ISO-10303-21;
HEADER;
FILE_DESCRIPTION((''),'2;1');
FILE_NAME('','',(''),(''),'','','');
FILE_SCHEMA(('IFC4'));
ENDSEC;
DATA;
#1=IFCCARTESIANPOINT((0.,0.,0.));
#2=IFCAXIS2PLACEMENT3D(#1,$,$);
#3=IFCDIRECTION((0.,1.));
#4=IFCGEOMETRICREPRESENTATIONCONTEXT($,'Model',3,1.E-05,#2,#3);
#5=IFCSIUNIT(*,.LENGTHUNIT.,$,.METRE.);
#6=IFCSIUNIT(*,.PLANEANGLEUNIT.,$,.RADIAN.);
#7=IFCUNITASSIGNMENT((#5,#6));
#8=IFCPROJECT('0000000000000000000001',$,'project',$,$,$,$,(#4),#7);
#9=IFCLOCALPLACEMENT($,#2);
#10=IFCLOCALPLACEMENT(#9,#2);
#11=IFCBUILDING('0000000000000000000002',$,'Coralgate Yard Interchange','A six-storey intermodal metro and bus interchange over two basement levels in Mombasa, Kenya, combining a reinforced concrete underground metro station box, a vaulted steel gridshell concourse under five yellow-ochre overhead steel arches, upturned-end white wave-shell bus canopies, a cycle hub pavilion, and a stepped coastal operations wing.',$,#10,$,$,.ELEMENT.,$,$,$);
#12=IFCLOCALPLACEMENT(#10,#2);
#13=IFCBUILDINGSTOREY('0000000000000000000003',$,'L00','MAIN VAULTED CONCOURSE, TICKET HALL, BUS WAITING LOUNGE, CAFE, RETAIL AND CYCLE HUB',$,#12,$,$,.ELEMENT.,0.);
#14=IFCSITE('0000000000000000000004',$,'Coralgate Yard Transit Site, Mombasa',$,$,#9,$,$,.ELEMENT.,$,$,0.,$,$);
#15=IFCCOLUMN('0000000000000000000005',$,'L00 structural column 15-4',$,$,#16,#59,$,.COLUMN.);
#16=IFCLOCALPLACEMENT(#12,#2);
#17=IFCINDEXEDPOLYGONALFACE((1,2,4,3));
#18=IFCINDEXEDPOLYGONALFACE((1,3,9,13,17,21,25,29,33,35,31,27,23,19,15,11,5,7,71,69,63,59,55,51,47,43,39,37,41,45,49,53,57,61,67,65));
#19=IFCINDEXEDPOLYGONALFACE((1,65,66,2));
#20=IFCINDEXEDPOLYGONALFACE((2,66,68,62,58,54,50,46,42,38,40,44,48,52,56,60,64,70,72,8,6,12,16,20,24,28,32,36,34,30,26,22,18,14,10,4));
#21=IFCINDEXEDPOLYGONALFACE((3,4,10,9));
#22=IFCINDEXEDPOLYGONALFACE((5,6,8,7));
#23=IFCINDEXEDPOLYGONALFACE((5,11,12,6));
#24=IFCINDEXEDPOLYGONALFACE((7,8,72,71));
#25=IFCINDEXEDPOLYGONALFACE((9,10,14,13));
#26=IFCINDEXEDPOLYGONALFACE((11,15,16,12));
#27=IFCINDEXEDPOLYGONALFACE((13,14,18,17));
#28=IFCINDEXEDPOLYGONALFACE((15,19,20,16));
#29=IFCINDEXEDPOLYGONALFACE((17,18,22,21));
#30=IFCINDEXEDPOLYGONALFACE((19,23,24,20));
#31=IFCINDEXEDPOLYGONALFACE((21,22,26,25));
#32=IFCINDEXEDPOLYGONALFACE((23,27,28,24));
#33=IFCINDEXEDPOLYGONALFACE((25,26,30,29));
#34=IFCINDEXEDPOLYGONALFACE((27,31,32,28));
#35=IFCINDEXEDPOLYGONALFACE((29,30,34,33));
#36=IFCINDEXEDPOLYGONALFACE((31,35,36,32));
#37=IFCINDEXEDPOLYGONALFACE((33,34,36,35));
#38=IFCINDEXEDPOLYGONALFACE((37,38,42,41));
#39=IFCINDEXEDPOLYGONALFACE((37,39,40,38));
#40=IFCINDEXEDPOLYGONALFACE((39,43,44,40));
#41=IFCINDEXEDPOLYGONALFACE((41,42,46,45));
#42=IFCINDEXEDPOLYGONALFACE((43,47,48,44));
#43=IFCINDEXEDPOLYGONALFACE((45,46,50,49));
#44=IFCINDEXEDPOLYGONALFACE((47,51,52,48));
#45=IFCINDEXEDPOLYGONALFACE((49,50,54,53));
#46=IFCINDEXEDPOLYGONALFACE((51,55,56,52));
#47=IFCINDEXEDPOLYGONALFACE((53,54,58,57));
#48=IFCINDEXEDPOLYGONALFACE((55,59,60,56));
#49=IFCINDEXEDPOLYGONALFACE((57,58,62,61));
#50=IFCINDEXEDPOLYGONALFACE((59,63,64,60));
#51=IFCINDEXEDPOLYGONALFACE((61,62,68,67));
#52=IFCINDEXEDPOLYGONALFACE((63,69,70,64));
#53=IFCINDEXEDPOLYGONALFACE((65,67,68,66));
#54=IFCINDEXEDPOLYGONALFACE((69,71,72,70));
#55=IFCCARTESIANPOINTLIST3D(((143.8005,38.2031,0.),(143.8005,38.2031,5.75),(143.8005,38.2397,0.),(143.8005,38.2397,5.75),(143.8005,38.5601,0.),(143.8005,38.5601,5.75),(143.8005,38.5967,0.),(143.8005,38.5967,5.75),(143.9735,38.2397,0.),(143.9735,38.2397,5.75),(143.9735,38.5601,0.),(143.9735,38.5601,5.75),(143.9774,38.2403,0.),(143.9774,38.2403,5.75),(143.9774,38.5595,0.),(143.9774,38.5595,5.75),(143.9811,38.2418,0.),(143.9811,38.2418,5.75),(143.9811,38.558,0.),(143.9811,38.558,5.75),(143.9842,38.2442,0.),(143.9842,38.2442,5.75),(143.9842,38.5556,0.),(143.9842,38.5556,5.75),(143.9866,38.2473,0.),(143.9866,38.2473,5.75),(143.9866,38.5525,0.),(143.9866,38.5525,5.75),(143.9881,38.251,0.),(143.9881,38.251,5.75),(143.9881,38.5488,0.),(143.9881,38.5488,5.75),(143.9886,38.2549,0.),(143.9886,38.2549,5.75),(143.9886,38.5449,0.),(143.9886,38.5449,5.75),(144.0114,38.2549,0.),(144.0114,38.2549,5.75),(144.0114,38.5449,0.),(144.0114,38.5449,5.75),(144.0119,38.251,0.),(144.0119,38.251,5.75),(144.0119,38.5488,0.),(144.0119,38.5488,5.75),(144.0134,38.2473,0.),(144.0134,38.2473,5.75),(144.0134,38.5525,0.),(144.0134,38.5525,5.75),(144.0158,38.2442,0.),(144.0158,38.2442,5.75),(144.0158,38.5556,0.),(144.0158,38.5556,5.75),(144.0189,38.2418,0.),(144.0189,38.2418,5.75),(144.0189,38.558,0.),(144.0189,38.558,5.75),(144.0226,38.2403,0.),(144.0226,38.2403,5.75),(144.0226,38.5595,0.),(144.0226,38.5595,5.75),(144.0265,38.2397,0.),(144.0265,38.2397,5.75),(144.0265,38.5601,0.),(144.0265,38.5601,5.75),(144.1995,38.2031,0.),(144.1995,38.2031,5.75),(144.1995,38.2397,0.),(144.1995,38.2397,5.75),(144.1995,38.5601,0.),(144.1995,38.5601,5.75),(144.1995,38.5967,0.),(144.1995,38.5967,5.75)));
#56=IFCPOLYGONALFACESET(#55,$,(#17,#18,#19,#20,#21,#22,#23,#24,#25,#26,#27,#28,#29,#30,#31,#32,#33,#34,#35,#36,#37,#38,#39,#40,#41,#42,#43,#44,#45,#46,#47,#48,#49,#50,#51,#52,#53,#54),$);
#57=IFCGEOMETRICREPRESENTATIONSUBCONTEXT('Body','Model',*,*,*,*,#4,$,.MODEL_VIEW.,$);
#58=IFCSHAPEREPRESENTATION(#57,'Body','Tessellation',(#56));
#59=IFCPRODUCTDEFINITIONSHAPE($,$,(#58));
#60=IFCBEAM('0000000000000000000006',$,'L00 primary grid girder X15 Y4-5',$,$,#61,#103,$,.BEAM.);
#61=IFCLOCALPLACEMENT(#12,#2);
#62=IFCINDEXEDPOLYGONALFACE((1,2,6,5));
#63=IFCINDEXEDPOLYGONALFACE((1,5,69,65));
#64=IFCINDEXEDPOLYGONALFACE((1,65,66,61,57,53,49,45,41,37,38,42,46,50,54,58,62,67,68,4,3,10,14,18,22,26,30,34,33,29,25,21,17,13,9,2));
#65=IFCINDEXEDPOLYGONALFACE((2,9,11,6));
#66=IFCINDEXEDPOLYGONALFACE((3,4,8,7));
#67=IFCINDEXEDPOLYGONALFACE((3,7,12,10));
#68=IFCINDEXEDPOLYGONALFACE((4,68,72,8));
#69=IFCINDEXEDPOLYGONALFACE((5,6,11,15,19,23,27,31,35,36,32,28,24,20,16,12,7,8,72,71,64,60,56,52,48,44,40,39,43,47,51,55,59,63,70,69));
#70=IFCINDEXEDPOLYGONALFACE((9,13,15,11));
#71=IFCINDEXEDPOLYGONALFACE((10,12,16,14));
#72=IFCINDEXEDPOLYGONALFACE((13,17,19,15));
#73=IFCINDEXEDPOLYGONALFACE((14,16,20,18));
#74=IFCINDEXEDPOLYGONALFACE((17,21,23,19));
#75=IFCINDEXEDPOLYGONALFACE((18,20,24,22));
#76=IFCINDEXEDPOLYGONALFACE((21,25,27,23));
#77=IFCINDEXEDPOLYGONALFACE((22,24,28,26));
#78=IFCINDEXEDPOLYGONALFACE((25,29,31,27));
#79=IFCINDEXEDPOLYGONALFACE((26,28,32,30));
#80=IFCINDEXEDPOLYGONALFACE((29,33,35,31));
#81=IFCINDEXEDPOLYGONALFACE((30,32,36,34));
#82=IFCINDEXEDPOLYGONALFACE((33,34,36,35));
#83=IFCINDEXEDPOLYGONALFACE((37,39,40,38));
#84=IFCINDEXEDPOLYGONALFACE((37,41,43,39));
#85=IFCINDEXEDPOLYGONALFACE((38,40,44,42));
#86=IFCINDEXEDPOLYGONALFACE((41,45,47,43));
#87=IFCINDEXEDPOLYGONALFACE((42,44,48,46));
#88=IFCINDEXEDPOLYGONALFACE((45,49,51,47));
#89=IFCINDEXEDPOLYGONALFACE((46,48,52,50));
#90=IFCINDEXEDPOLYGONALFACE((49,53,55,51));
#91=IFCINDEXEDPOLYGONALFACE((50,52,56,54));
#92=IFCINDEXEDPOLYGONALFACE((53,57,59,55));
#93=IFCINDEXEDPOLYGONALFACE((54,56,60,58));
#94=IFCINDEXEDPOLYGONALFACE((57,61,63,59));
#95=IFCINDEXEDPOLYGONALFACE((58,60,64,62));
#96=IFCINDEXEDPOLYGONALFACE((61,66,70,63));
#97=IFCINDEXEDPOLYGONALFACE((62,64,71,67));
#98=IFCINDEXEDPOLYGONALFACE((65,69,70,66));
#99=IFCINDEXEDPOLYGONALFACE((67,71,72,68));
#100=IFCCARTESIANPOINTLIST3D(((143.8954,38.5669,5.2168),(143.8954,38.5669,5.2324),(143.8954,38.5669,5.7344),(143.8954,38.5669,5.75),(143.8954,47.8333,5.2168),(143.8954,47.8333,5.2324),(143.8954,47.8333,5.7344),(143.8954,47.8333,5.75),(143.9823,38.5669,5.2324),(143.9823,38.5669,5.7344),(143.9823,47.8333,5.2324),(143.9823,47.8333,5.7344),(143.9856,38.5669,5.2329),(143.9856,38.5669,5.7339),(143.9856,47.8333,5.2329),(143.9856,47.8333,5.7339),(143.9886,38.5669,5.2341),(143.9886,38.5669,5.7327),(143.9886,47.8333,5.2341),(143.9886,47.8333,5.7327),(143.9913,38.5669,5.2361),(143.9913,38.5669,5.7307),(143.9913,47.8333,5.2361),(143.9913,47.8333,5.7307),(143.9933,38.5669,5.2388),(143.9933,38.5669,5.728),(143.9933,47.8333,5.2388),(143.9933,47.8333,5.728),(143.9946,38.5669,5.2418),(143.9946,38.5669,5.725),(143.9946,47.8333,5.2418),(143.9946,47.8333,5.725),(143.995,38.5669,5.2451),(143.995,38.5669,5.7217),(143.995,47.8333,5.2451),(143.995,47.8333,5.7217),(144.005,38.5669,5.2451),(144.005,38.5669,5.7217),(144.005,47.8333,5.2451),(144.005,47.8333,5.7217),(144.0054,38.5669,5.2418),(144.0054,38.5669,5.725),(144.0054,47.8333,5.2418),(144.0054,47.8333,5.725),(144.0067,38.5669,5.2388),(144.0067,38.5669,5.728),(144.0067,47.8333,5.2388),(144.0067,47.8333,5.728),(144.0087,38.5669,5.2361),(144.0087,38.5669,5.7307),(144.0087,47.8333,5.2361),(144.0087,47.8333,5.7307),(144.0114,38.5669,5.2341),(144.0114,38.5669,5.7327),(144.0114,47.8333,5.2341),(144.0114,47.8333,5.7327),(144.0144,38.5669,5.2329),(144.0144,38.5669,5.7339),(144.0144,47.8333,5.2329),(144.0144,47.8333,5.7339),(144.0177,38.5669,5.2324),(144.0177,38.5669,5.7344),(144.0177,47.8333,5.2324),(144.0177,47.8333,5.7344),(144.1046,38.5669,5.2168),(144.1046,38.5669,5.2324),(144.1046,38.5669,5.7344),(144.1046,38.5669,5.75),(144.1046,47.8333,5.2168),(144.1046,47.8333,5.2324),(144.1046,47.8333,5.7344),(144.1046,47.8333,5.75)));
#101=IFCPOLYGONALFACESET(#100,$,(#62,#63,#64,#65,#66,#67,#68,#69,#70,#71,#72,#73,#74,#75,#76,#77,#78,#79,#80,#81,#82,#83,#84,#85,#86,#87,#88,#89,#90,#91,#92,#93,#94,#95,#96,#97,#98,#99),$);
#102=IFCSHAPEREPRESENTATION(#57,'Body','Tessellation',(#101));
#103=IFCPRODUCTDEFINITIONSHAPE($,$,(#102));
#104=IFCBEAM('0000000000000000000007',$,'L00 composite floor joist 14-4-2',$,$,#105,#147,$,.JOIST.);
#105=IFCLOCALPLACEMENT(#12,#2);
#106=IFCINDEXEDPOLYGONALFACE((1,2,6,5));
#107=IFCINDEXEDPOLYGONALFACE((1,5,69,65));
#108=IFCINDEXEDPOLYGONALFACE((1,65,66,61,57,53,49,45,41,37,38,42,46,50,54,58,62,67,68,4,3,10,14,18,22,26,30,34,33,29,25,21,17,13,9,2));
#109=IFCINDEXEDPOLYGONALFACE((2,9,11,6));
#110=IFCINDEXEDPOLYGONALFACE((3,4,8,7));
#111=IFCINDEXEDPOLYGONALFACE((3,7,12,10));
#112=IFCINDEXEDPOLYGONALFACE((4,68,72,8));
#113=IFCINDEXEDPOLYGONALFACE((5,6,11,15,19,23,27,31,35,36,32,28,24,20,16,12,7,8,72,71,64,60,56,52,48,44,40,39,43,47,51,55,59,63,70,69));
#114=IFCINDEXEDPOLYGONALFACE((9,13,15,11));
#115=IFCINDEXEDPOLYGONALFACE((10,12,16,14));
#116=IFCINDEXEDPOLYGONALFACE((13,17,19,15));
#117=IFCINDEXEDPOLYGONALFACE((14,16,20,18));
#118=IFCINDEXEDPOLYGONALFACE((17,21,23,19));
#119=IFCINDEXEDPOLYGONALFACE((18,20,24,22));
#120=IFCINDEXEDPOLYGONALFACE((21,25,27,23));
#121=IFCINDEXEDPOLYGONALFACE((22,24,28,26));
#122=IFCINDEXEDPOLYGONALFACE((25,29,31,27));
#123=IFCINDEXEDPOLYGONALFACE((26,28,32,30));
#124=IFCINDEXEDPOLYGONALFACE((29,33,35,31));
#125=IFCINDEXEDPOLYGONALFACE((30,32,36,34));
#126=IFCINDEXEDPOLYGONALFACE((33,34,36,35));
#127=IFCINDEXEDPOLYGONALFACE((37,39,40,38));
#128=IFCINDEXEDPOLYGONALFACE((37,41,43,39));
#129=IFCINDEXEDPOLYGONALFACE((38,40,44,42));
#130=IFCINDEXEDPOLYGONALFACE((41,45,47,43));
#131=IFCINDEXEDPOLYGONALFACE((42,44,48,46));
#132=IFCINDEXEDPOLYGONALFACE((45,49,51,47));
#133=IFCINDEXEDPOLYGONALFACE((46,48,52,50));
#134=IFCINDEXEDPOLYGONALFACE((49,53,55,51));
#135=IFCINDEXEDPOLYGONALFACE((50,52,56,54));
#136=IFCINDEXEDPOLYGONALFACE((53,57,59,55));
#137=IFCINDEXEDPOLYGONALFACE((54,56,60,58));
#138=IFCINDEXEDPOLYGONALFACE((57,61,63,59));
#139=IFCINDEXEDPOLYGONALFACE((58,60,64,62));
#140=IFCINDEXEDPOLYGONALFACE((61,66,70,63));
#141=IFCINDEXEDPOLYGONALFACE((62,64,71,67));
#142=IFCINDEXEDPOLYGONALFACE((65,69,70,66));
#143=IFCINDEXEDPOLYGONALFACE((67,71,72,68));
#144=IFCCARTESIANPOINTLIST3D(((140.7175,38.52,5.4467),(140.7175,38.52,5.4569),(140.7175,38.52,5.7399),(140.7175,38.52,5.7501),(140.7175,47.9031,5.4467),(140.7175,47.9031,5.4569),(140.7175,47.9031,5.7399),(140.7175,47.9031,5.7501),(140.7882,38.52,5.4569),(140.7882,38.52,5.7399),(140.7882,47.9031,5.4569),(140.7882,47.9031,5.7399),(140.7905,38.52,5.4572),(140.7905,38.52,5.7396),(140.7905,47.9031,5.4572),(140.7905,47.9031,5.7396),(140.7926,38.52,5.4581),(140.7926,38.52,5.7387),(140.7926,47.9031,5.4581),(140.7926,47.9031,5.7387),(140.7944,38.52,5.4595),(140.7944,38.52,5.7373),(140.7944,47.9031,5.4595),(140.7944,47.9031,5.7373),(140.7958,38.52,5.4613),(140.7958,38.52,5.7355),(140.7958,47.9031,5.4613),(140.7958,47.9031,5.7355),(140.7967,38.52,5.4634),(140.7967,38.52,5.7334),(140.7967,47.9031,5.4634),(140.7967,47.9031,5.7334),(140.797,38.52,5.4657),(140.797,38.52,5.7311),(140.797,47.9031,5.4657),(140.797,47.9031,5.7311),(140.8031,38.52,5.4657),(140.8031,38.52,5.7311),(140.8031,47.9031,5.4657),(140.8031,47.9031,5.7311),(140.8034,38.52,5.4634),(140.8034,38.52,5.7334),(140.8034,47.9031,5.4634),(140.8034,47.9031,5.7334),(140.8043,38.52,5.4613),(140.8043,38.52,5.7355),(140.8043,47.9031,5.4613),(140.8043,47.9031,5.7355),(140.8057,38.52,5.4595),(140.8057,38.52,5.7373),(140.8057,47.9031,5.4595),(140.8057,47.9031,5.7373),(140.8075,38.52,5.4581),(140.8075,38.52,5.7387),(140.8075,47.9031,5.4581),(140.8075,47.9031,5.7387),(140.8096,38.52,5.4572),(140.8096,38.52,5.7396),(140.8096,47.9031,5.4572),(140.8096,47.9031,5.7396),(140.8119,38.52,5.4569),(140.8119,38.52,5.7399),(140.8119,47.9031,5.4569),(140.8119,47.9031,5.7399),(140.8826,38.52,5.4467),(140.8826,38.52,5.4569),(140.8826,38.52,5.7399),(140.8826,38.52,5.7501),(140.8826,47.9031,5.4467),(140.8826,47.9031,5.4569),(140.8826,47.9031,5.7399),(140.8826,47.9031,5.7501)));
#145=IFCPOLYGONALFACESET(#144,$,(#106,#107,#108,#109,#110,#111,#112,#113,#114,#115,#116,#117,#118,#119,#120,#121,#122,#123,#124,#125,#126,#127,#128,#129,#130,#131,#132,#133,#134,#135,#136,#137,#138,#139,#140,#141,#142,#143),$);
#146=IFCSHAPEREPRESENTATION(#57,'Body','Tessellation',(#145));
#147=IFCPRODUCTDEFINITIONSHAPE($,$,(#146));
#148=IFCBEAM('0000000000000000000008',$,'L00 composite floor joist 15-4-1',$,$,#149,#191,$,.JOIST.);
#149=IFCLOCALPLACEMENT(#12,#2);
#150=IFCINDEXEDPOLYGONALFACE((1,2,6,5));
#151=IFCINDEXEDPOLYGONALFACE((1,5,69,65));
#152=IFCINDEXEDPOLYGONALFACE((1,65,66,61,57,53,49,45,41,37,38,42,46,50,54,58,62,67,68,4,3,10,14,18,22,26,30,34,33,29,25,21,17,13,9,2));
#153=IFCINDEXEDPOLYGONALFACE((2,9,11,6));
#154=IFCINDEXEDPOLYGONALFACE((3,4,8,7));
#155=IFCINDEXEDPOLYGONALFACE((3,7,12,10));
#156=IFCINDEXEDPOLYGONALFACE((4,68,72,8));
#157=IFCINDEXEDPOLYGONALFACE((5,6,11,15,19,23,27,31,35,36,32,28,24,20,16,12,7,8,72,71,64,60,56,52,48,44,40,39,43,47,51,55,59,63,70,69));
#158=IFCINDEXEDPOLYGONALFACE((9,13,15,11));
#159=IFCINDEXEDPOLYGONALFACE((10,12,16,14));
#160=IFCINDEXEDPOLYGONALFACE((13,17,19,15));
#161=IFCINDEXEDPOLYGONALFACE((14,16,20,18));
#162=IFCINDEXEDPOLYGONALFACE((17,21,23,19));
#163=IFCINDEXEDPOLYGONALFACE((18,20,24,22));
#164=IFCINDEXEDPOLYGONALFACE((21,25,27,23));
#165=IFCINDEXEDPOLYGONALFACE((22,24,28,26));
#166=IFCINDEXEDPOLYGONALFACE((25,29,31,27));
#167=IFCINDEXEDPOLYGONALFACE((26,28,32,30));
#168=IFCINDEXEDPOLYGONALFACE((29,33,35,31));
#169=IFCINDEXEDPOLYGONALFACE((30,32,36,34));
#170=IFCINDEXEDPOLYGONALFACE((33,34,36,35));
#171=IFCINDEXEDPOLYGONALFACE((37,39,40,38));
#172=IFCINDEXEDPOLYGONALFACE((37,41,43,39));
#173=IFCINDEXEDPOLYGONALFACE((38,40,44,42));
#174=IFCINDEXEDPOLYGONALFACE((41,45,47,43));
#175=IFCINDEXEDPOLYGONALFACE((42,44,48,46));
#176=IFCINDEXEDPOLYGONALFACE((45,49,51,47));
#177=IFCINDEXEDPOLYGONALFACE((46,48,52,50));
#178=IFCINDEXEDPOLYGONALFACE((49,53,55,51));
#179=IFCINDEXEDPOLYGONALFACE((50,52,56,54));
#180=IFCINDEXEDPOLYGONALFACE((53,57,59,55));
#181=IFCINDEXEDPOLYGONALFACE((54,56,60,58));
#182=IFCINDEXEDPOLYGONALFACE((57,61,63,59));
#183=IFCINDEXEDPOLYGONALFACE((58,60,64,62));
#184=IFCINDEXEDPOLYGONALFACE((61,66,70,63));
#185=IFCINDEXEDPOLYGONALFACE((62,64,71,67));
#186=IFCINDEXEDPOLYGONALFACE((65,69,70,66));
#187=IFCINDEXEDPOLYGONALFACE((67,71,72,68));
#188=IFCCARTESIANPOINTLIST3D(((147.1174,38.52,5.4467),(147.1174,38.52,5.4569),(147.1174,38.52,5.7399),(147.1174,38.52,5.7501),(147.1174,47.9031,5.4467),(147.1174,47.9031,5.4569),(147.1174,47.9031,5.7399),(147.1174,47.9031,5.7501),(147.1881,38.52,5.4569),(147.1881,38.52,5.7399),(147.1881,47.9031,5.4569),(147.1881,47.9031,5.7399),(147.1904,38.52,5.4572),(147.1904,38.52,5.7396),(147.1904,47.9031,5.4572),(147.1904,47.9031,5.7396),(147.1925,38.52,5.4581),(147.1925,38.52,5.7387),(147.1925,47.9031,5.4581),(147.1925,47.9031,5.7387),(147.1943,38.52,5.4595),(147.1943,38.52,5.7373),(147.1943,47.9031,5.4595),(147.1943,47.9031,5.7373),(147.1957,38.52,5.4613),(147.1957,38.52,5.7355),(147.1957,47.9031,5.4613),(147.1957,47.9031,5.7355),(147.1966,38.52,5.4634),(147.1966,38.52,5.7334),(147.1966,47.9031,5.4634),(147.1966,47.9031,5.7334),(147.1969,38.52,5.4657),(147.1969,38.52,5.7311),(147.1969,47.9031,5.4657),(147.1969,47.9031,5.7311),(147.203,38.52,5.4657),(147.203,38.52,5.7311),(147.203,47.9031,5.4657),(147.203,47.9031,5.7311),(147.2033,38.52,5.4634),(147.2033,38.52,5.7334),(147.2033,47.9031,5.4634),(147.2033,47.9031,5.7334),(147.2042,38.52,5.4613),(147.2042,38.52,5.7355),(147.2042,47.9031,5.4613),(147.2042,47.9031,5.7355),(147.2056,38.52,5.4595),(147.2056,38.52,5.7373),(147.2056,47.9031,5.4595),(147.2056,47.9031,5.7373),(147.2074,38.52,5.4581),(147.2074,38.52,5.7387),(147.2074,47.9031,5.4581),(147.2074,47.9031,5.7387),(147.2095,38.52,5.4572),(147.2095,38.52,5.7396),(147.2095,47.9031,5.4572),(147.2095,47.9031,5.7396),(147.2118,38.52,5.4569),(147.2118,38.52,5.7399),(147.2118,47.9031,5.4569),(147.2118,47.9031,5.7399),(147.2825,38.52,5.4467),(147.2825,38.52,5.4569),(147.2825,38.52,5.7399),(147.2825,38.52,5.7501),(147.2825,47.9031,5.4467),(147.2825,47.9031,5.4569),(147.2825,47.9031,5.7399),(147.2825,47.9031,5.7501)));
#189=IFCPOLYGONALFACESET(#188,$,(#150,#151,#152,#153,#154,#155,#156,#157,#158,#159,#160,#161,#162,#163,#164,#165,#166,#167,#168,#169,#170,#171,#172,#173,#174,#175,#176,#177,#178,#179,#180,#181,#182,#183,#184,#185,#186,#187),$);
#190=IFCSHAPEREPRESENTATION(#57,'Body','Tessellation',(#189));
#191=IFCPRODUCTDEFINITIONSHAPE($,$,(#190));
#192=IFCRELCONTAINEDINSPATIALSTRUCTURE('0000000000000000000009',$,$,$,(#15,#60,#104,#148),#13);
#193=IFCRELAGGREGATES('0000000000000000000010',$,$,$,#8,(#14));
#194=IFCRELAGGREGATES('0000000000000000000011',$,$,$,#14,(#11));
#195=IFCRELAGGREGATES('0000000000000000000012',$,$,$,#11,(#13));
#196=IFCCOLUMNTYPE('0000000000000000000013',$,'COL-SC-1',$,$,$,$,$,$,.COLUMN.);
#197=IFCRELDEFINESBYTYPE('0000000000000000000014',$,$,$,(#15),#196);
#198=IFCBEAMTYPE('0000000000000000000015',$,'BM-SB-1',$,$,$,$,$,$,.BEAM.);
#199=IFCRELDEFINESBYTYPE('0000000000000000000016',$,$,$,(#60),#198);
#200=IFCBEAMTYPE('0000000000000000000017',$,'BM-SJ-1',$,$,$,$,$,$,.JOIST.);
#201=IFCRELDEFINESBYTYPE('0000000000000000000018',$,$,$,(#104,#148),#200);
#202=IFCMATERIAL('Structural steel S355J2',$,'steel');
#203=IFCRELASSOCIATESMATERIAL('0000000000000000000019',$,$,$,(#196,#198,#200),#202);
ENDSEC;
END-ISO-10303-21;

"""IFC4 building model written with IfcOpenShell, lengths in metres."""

from ifc_helpers import new_model, si_unit, direction, frame, origin, origin_2d, place, context, subcontext, project, spatial, i_section, extrude, material, material_profile, profile_set, type_object, element, save


model = new_model("IFC4")

# Units and contexts
model_context = context("Model", 3, precision=1e-05, world=origin(), true_north=direction((0.0, 1.0)))
body_context = subcontext(model_context, "Body", "Model", "MODEL_VIEW")
ifc_project = project(units=[si_unit("LENGTHUNIT", "METRE"), si_unit("PLANEANGLEUNIT", "RADIAN")], contexts=[model_context])

# Site, building, storey
site_placement = place(None, origin())
site = spatial("IfcSite", under=ifc_project, at=site_placement, Name="Coralgate Yard Transit Site, Mombasa", CompositionType="ELEMENT", RefElevation=0.0)
building_placement = place(site_placement, origin())
building = spatial("IfcBuilding", under=site, at=building_placement, Name="Coralgate Yard Interchange", Description="A six-storey intermodal metro and bus interchange over two basement levels in Mombasa, Kenya, combining a reinforced concrete underground metro station box, a vaulted steel gridshell concourse under five yellow-ochre overhead steel arches, upturned-end white wave-shell bus canopies, a cycle hub pavilion, and a stepped coastal operations wing.", CompositionType="ELEMENT")
storey_placement = place(building_placement, origin())
storey = spatial("IfcBuildingStorey", under=building, at=storey_placement, Name="L00", Description="MAIN VAULTED CONCOURSE, TICKET HALL, BUS WAITING LOUNGE, CAFE, RETAIL AND CYCLE HUB", CompositionType="ELEMENT", Elevation=0.0)

# Column
ifc_material_1 = material(Name="Structural steel S355J2", Category="steel")
ifc_material_profile_1 = material_profile(ifc_material_1, i_section(OverallWidth=0.3989, OverallDepth=0.3936, WebThickness=0.0227, FlangeThickness=0.0366, FilletRadius=0.0151, at=origin_2d()), Name="UC 356x406x287")
ifc_profile_set_1 = profile_set([ifc_material_profile_1], Name="Structural steel S355J2")
column_type = type_object("IfcColumnType", Name="COL-SC-1", PredefinedType="COLUMN", material=ifc_profile_set_1)
column_placement = place(storey_placement, frame((144.0, 38.3999, 0.0), z_axis=(0.0, 0.0, 1.0), x_axis=(1.0, 0.0, 0.0)))
element("IfcColumn", 1, at=column_placement, inside=storey, type_object=column_type, Name="L00 structural column 15-4", PredefinedType="COLUMN", context=body_context, shape_type="SweptSolid", body=[
    extrude(i_section(OverallWidth=0.3989, OverallDepth=0.3936, WebThickness=0.0227, FlangeThickness=0.0366, FilletRadius=0.0151, at=origin_2d()), origin(), (0.0, 0.0, 1.0), 5.75),
])

# Beams
ifc_material_profile_2 = material_profile(ifc_material_1, i_section(OverallWidth=0.2092, OverallDepth=0.5332, WebThickness=0.01, FlangeThickness=0.0156, FilletRadius=0.0127, at=origin_2d()), Name="UB 533x210x92")
ifc_profile_set_2 = profile_set([ifc_material_profile_2], Name="Structural steel S355J2")
beam_type_1 = type_object("IfcBeamType", Name="BM-SB-1", PredefinedType="BEAM", material=ifc_profile_set_2)
beam_1_placement = place(storey_placement, frame((144.0, 38.5669, 5.4834), z_axis=(0.0, 1.0, 0.0), x_axis=(-1.0, 0.0, 0.0)))
element("IfcBeam", 2, at=beam_1_placement, inside=storey, type_object=beam_type_1, Name="L00 primary grid girder X15 Y4-5", PredefinedType="BEAM", context=body_context, shape_type="SweptSolid", body=[
    extrude(i_section(OverallWidth=0.2092, OverallDepth=0.5332, WebThickness=0.01, FlangeThickness=0.0156, FilletRadius=0.0127, at=origin_2d()), origin(), (0.0, 0.0, 1.0), 9.2664),
])
ifc_material_profile_3 = material_profile(ifc_material_1, i_section(OverallWidth=0.165, OverallDepth=0.3035, WebThickness=0.0061, FlangeThickness=0.0103, FilletRadius=0.0088, at=origin_2d()), Name="UB 305x165x40")
ifc_profile_set_3 = profile_set([ifc_material_profile_3], Name="Structural steel S355J2")
beam_type_2 = type_object("IfcBeamType", Name="BM-SJ-1", PredefinedType="JOIST", material=ifc_profile_set_3)
for number, where, z_axis, x_axis, name in (
    (3, (140.8, 38.52, 5.5984), (0.0, 1.0, 0.0), (-1.0, 0.0, 0.0), "L00 composite floor joist 14-4-2"),
    (4, (147.2, 38.52, 5.5984), (0.0, 1.0, 0.0), (-1.0, 0.0, 0.0), "L00 composite floor joist 15-4-1"),
):
    element("IfcBeam", number, at=place(storey_placement, frame(where, z_axis=z_axis, x_axis=x_axis)), inside=storey, type_object=beam_type_2, Name=name, PredefinedType="JOIST", context=body_context, shape_type="SweptSolid", body=[
        extrude(i_section(OverallWidth=0.165, OverallDepth=0.3035, WebThickness=0.0061, FlangeThickness=0.0103, FilletRadius=0.0088, at=origin_2d()), origin(), (0.0, 0.0, 1.0), 9.3831),
    ])

save(model, "model.ifc")
